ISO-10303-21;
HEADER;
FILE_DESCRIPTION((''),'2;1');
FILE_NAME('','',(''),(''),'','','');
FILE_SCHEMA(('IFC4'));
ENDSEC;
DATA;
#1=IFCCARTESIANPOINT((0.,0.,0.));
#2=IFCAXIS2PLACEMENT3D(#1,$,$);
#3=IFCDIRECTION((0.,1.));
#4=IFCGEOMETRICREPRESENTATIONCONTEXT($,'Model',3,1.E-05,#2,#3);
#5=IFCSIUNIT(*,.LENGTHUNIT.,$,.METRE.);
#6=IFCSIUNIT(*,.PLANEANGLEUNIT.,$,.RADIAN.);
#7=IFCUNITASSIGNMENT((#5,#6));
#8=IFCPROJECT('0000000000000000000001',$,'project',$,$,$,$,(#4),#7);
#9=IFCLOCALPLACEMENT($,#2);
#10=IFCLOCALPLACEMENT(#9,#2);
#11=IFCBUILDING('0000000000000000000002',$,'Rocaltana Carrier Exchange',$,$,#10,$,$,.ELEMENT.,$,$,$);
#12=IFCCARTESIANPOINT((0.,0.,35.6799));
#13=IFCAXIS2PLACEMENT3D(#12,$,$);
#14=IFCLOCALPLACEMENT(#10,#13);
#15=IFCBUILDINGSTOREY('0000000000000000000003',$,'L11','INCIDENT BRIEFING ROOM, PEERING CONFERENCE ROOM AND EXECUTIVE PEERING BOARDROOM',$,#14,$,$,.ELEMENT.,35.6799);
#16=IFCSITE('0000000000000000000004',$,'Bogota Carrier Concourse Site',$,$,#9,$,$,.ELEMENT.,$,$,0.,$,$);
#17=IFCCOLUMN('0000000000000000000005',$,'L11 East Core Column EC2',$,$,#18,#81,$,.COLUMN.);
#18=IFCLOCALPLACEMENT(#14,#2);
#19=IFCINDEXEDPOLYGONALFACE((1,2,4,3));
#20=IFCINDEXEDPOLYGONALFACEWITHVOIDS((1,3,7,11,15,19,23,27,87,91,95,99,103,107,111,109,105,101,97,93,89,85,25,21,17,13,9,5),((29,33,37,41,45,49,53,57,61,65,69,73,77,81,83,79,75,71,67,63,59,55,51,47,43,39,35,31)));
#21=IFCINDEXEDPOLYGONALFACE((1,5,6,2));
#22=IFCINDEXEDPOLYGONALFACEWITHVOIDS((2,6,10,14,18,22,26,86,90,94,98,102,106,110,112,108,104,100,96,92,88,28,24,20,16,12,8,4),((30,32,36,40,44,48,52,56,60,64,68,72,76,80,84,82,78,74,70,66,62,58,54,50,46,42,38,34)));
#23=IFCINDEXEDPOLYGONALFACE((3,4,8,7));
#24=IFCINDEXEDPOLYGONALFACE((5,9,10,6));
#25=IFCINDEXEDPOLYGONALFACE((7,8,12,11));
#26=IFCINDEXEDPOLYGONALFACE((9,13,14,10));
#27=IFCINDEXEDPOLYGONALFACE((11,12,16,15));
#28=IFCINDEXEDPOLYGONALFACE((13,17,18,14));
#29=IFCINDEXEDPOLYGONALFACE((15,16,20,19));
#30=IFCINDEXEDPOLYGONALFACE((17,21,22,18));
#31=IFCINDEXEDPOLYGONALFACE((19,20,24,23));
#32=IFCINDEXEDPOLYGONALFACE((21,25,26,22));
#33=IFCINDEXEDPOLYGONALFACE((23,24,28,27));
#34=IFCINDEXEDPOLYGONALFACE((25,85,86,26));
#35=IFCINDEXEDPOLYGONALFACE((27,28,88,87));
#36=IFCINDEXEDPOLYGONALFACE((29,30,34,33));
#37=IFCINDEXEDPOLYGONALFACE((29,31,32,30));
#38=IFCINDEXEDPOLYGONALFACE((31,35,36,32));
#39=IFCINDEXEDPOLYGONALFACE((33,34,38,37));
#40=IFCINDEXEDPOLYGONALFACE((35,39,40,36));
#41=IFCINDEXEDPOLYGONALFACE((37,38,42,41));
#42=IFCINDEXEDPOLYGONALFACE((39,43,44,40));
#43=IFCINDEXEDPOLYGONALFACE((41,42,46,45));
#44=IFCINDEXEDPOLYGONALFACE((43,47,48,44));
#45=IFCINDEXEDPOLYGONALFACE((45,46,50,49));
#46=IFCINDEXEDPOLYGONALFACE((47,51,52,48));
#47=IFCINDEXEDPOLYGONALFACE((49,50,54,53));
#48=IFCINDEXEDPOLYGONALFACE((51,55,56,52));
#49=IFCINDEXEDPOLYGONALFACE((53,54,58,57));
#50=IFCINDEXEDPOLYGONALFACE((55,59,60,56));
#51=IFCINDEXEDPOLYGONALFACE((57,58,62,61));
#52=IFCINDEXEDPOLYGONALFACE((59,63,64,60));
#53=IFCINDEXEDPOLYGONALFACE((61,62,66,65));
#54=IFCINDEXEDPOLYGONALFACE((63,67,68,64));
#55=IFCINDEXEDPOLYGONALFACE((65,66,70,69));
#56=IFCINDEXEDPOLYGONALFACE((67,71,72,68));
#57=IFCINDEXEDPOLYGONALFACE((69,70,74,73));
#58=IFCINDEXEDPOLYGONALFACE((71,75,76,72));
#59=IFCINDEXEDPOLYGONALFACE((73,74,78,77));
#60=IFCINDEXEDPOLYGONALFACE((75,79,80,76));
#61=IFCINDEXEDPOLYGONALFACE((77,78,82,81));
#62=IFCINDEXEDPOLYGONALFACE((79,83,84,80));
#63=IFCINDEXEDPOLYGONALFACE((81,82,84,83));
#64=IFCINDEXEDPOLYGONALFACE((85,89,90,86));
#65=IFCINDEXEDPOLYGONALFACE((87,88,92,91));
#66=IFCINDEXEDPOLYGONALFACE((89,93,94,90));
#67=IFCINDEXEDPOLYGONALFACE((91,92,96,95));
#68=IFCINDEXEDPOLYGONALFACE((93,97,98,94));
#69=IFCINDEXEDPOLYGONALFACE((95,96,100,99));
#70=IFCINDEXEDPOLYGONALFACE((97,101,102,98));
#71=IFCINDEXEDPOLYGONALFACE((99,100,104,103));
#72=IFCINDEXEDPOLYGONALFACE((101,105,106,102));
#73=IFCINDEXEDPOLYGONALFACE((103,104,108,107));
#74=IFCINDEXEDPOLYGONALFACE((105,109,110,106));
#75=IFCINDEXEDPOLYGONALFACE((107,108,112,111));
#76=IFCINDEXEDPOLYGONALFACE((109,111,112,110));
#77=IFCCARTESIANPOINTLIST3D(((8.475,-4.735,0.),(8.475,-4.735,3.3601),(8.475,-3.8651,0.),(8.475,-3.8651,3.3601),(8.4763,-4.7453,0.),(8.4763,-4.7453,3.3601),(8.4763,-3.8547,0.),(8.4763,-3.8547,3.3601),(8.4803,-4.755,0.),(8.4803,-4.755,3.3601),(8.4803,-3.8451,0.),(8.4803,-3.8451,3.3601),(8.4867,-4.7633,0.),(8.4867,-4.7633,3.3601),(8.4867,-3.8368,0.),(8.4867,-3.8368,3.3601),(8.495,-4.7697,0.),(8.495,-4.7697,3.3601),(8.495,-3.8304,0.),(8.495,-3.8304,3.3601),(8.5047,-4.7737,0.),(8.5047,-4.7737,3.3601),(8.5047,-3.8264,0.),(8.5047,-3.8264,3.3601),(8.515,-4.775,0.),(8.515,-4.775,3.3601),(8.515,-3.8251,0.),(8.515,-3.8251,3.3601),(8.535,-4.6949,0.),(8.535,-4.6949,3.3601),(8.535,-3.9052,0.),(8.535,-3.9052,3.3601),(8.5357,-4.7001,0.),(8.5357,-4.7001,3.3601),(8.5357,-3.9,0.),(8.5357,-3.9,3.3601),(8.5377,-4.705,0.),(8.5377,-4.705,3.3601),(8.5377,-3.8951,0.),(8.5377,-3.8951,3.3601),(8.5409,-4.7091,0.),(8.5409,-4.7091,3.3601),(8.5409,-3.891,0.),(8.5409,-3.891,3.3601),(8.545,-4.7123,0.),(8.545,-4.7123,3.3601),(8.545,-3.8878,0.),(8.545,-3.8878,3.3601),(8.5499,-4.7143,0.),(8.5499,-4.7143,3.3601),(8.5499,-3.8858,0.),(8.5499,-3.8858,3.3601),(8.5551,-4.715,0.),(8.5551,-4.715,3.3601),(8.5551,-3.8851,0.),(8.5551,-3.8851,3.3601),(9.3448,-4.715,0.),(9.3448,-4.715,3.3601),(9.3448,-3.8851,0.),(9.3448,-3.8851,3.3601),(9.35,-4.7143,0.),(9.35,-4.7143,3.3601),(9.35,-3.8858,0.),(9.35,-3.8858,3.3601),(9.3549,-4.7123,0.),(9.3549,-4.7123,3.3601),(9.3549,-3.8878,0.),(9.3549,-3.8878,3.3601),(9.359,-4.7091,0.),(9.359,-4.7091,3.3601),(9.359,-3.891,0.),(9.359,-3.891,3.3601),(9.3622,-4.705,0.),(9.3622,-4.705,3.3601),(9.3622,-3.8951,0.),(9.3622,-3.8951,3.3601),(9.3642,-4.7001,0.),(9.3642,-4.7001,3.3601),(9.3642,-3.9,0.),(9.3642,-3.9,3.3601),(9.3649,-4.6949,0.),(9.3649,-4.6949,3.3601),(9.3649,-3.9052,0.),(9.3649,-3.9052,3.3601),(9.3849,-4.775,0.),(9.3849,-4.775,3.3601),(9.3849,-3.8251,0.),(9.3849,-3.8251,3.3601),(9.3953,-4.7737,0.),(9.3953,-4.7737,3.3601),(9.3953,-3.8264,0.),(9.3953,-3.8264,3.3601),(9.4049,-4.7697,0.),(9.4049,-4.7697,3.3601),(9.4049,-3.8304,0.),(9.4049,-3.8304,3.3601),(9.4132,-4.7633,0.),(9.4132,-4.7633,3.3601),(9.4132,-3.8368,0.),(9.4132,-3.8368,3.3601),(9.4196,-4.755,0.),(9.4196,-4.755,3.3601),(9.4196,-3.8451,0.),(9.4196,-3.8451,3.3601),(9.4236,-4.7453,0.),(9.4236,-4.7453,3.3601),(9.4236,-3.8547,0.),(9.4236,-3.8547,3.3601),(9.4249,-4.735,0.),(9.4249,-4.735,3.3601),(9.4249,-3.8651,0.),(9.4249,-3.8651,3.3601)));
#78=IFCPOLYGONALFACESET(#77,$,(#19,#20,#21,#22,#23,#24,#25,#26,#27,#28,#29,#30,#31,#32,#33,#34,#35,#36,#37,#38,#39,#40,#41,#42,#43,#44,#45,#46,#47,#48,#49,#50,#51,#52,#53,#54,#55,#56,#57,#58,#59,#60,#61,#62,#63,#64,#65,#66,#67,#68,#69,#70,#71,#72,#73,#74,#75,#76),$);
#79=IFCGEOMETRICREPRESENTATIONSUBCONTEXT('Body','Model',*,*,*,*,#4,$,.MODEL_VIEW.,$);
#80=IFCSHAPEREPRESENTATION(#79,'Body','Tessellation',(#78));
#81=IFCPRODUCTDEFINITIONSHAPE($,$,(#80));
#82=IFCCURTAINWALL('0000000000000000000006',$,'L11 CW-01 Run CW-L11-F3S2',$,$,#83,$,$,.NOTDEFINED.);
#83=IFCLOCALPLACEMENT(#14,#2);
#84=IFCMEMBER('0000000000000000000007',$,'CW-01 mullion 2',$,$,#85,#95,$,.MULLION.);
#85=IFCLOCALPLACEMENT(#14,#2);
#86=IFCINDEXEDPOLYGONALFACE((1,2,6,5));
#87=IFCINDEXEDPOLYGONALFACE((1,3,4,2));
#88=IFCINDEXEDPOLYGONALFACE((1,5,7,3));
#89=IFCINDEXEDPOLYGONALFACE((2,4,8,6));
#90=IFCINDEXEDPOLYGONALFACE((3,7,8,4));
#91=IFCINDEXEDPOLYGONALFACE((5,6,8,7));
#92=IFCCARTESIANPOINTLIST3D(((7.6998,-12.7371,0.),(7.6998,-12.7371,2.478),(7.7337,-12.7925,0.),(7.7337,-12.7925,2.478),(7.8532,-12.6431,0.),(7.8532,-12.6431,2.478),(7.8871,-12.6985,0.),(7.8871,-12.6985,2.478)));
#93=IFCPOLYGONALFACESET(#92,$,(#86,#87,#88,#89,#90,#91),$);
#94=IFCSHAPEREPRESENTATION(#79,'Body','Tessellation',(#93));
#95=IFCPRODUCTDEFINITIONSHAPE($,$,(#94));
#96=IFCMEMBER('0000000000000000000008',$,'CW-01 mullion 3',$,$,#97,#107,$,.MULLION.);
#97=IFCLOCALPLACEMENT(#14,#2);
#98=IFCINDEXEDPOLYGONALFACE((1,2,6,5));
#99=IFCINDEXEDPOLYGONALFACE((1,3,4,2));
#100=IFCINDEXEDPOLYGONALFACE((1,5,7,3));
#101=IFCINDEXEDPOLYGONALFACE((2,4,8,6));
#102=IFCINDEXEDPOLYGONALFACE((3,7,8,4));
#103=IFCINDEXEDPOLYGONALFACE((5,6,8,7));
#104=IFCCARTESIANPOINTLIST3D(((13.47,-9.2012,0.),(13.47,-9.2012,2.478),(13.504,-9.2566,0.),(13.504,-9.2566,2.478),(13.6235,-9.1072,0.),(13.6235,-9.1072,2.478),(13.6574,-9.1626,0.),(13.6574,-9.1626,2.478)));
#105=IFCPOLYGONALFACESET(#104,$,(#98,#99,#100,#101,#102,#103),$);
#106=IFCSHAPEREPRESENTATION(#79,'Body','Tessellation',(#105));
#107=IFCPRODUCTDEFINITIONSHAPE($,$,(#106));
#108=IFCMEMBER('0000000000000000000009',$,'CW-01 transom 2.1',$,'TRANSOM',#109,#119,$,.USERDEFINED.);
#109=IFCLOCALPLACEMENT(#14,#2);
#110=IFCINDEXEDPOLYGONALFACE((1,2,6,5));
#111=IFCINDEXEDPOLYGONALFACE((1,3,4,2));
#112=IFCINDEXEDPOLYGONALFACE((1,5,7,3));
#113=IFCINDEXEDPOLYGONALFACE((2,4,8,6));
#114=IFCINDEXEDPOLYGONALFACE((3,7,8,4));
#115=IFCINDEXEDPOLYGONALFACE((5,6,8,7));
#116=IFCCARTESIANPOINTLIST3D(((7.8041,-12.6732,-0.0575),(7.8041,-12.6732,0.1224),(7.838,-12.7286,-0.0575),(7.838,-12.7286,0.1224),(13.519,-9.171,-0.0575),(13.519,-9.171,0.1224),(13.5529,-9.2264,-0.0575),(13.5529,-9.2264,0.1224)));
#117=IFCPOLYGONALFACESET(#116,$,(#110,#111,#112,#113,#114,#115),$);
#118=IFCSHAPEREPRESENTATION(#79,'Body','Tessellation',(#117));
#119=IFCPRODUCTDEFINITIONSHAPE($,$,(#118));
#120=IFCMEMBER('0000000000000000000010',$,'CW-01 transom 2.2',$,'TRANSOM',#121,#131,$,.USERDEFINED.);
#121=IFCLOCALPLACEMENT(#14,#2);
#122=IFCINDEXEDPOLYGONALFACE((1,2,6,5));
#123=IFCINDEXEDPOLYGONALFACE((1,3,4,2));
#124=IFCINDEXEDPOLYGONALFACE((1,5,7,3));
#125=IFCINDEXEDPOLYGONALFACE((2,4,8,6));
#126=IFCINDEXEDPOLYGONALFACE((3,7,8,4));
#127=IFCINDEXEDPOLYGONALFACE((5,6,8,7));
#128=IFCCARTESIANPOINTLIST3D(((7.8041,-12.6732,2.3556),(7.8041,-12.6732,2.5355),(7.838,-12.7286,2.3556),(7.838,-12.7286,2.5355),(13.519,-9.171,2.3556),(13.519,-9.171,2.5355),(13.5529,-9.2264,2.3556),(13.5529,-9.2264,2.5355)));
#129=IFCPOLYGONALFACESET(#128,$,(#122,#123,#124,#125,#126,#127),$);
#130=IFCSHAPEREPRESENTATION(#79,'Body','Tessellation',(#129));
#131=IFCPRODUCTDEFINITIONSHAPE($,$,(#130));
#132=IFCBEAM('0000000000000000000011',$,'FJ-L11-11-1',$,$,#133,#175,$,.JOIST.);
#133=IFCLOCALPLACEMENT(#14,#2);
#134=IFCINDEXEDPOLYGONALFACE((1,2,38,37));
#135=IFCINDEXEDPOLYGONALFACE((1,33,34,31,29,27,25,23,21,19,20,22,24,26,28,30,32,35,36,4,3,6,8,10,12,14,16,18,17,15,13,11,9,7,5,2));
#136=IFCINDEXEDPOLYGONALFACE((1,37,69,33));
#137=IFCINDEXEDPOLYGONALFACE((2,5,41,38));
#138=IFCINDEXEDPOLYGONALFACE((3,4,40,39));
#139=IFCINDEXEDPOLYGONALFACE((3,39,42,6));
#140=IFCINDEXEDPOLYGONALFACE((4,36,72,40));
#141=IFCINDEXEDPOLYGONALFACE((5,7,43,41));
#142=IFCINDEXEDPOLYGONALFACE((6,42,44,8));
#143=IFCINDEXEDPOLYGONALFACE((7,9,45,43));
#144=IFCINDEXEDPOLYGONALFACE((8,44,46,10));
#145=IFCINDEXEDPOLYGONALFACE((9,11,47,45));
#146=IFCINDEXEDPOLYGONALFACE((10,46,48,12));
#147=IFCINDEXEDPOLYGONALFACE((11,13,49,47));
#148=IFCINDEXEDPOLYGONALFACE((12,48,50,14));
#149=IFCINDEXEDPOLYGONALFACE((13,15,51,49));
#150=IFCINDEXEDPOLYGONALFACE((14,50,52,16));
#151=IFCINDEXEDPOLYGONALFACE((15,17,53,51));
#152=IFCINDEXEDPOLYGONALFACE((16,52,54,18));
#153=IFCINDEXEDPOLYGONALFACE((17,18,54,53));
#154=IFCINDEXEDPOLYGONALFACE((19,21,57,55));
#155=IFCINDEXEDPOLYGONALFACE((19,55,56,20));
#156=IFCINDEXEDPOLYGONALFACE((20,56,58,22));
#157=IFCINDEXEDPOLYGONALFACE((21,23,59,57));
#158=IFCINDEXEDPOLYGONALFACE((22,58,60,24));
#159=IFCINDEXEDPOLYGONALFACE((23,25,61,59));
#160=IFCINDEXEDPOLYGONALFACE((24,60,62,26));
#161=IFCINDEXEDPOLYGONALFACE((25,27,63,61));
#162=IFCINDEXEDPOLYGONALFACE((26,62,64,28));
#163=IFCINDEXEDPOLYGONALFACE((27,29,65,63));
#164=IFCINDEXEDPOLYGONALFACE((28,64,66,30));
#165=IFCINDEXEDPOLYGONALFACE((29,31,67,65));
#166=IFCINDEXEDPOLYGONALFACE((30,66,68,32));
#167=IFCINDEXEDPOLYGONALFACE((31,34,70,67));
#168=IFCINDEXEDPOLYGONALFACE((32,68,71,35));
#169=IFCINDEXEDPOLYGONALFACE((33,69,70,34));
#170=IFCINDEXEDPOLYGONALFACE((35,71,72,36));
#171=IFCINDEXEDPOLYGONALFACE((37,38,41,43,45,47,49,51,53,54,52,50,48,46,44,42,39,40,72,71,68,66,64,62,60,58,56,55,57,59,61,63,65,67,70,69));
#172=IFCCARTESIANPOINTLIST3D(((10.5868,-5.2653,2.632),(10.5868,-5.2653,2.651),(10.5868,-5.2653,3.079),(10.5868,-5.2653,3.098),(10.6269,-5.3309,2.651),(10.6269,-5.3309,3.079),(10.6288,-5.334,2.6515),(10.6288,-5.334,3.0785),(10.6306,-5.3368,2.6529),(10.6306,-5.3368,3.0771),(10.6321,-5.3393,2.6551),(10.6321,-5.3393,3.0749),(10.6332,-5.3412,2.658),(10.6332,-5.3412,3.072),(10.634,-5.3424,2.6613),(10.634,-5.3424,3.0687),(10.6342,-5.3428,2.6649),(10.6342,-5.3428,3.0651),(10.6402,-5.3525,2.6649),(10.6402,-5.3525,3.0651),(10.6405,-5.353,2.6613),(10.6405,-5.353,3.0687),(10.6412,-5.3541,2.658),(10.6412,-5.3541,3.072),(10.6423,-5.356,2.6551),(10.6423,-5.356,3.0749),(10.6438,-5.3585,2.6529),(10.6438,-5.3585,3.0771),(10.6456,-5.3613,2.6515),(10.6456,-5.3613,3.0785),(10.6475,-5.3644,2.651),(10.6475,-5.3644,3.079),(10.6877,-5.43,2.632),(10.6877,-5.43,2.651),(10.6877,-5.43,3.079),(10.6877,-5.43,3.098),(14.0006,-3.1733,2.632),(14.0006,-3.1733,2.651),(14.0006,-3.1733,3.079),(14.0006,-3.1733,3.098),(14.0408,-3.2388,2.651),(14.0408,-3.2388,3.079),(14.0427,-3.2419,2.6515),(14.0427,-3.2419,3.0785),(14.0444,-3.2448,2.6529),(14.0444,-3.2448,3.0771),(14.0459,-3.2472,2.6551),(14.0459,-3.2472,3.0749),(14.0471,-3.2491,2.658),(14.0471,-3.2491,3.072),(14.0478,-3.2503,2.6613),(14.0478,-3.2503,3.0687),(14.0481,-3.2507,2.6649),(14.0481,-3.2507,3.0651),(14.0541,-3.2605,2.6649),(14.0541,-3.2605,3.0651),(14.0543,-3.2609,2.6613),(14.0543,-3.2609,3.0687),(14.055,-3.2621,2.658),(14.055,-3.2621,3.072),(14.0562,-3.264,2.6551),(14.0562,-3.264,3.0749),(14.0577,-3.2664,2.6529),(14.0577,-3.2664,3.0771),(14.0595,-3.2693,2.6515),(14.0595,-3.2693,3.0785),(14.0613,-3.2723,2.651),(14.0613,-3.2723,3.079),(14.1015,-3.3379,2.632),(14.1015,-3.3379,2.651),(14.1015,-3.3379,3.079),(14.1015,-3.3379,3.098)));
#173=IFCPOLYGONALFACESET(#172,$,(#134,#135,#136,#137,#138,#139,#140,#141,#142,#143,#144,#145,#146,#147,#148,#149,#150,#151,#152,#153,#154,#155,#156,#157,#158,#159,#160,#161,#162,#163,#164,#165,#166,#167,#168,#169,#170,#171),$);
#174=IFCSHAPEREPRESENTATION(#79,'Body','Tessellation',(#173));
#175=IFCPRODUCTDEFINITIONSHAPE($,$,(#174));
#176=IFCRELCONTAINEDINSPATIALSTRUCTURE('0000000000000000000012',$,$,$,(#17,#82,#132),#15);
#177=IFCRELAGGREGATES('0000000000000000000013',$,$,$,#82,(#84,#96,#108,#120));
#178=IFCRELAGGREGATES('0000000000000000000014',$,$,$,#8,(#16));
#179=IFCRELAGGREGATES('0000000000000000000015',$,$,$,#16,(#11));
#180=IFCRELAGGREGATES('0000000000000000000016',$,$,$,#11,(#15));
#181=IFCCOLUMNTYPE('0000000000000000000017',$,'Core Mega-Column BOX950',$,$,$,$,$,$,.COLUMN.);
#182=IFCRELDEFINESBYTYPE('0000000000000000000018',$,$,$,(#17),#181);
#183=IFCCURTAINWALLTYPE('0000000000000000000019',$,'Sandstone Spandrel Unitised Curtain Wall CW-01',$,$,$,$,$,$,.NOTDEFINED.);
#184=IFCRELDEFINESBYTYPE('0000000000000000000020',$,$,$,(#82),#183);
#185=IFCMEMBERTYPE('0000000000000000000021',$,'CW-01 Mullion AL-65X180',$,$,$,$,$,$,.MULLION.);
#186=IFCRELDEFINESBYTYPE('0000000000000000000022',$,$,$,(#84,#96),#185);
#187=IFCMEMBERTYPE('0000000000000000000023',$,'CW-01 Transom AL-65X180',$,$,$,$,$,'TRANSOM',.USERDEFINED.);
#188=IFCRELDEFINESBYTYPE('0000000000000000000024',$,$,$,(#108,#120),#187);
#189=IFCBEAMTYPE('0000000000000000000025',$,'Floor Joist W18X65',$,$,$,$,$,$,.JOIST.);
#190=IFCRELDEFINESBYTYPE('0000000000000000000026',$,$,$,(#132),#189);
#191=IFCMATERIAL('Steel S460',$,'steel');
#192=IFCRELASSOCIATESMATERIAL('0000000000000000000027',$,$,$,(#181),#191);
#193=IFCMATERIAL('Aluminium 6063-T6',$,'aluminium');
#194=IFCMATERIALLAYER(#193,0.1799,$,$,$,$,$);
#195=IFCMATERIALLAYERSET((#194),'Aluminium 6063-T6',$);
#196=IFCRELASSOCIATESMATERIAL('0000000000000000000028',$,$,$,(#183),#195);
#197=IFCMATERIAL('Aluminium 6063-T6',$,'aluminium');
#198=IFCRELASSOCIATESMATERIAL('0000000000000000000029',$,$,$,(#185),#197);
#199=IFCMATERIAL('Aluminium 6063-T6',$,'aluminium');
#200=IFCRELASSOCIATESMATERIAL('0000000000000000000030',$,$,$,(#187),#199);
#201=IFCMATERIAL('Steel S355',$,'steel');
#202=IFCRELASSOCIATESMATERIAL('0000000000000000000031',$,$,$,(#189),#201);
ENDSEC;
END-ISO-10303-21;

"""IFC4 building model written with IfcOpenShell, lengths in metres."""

from ifc_helpers import new_model, si_unit, direction, frame, origin, origin_2d, place, context, subcontext, project, spatial, rectangle, hollow_rectangle, i_section, extrude, material, layer, layer_set, material_profile, profile_set, type_object, element, aggregate, save


model = new_model("IFC4")

# Units and contexts
model_context = context("Model", 3, precision=1e-05, world=origin(), true_north=direction((0.0, 1.0)))
body_context = subcontext(model_context, "Body", "Model", "MODEL_VIEW")
ifc_project = project(units=[si_unit("LENGTHUNIT", "METRE"), si_unit("PLANEANGLEUNIT", "RADIAN")], contexts=[model_context])

# Site, building, storey
site_placement = place(None, origin())
site = spatial("IfcSite", under=ifc_project, at=site_placement, Name="Bogota Carrier Concourse Site", CompositionType="ELEMENT", RefElevation=0.0)
building_placement = place(site_placement, origin())
building = spatial("IfcBuilding", under=site, at=building_placement, Name="Rocaltana Carrier Exchange", CompositionType="ELEMENT")
storey_placement = place(building_placement, frame((0.0, 0.0, 35.6799)))
storey = spatial("IfcBuildingStorey", under=building, at=storey_placement, Name="L11", Description="INCIDENT BRIEFING ROOM, PEERING CONFERENCE ROOM AND EXECUTIVE PEERING BOARDROOM", CompositionType="ELEMENT", Elevation=35.6799)

# Column
ifc_material_1 = material(Name="Steel S460", Category="steel")
ifc_material_profile_1 = material_profile(ifc_material_1, hollow_rectangle(XDim=0.95, YDim=0.95, WallThickness=0.0601, InnerFilletRadius=0.02, OuterFilletRadius=0.04, at=origin_2d()), Name="BOX950X950X60")
ifc_profile_set_1 = profile_set([ifc_material_profile_1], Name="Steel S460")
column_type = type_object("IfcColumnType", Name="Core Mega-Column BOX950", PredefinedType="COLUMN", material=ifc_profile_set_1)
column_placement = place(storey_placement, frame((8.95, -4.3, 0.0), z_axis=(0.0, 0.0, 1.0), x_axis=(1.0, 0.0, 0.0)))
element("IfcColumn", 1, at=column_placement, inside=storey, type_object=column_type, Name="L11 East Core Column EC2", PredefinedType="COLUMN", context=body_context, shape_type="SweptSolid", body=[
    extrude(hollow_rectangle(XDim=0.95, YDim=0.95, WallThickness=0.0601, InnerFilletRadius=0.02, OuterFilletRadius=0.04, at=origin_2d()), origin(), (0.0, 0.0, 1.0), 3.3601),
])

# Curtain wall, members
ifc_material_2 = material(Name="Aluminium 6063-T6", Category="aluminium")
ifc_layer_1 = layer(ifc_material_2, 0.1799)
ifc_layer_set_1 = layer_set([ifc_layer_1], Name="Aluminium 6063-T6")
curtain_wall_type = type_object("IfcCurtainWallType", Name="Sandstone Spandrel Unitised Curtain Wall CW-01", PredefinedType="NOTDEFINED", material=ifc_layer_set_1)
curtain_wall_placement = place(storey_placement, origin())
curtain_wall = element("IfcCurtainWall", 2, at=curtain_wall_placement, inside=storey, type_object=curtain_wall_type, Name="L11 CW-01 Run CW-L11-F3S2", PredefinedType="NOTDEFINED")
ifc_material_3 = material(Name="Aluminium 6063-T6", Category="aluminium")
ifc_material_profile_2 = material_profile(ifc_material_3, rectangle(XDim=0.0649, YDim=0.1799, at=origin_2d()), Name="AL-65X180")
ifc_profile_set_2 = profile_set([ifc_material_profile_2], Name="Aluminium 6063-T6")
member_type_1 = type_object("IfcMemberType", Name="CW-01 Mullion AL-65X180", PredefinedType="MULLION", material=ifc_profile_set_2)
member_1_placement = place(storey_placement, frame((7.7935, -12.7178, 0.0), z_axis=(0.0, 0.0, 1.0), x_axis=(-0.5225, 0.852639, 0.0)))
member_1 = element("IfcMember", 3, at=member_1_placement, type_object=member_type_1, Name="CW-01 mullion 2", PredefinedType="MULLION", context=body_context, shape_type="SweptSolid", body=[
    extrude(rectangle(XDim=0.0649, YDim=0.1799, at=origin_2d()), origin(), (0.0, 0.0, 1.0), 2.478),
])
member_2_placement = place(storey_placement, frame((13.5637, -9.1819, 0.0), z_axis=(0.0, 0.0, 1.0), x_axis=(-0.5225, 0.852639, 0.0)))
member_2 = element("IfcMember", 4, at=member_2_placement, type_object=member_type_1, Name="CW-01 mullion 3", PredefinedType="MULLION", context=body_context, shape_type="SweptSolid", body=[
    extrude(rectangle(XDim=0.0649, YDim=0.1799, at=origin_2d()), origin(), (0.0, 0.0, 1.0), 2.478),
])
ifc_material_4 = material(Name="Aluminium 6063-T6", Category="aluminium")
ifc_material_profile_3 = material_profile(ifc_material_4, rectangle(XDim=0.0649, YDim=0.1799, at=origin_2d()), Name="AL-65X180")
ifc_profile_set_3 = profile_set([ifc_material_profile_3], Name="Aluminium 6063-T6")
member_type_2 = type_object("IfcMemberType", Name="CW-01 Transom AL-65X180", ElementType="TRANSOM", PredefinedType="USERDEFINED", material=ifc_profile_set_3)
member_3_placement = place(storey_placement, frame((7.821, -12.7009, 0.0325), z_axis=(0.852631, 0.522513, 0.0), x_axis=(-0.522513, 0.852631, 0.0)))
member_3 = element("IfcMember", 5, at=member_3_placement, type_object=member_type_2, Name="CW-01 transom 2.1", ObjectType="TRANSOM", PredefinedType="USERDEFINED", context=body_context, shape_type="SweptSolid", body=[
    extrude(rectangle(XDim=0.0649, YDim=0.1799, at=origin_2d()), origin(), (0.0, 0.0, 1.0), 6.7026),
])
member_4_placement = place(storey_placement, frame((7.821, -12.7009, 2.4456), z_axis=(0.852631, 0.522513, 0.0), x_axis=(-0.522513, 0.852631, 0.0)))
member_4 = element("IfcMember", 6, at=member_4_placement, type_object=member_type_2, Name="CW-01 transom 2.2", ObjectType="TRANSOM", PredefinedType="USERDEFINED", context=body_context, shape_type="SweptSolid", body=[
    extrude(rectangle(XDim=0.0649, YDim=0.1799, at=origin_2d()), origin(), (0.0, 0.0, 1.0), 6.7026),
])

# Beam
ifc_material_5 = material(Name="Steel S355", Category="steel")
ifc_material_profile_4 = material_profile(ifc_material_5, i_section(OverallWidth=0.1931, OverallDepth=0.4661, WebThickness=0.0115, FlangeThickness=0.019, FilletRadius=0.0139, at=origin_2d()), Name="W18X65")
ifc_profile_set_4 = profile_set([ifc_material_profile_4], Name="Steel S355")
beam_type_1 = type_object("IfcBeamType", Name="Floor Joist W18X65", PredefinedType="JOIST", material=ifc_profile_set_4)
beam_1_placement = place(storey_placement, frame((10.6372, -5.3477, 2.865), z_axis=(0.852635, 0.522508, 0.0), x_axis=(-0.522508, 0.852635, 0.0)))
element("IfcBeam", 7, at=beam_1_placement, inside=storey, type_object=beam_type_1, Name="FJ-L11-11-1", PredefinedType="JOIST", context=body_context, shape_type="SweptSolid", body=[
    extrude(i_section(OverallWidth=0.1931, OverallDepth=0.4661, WebThickness=0.0115, FlangeThickness=0.019, FilletRadius=0.0139, at=origin_2d()), origin(), (0.0, 0.0, 1.0), 4.0039),
])

aggregate(curtain_wall, [member_1, member_2, member_3, member_4])

save(model, "model.ifc")
